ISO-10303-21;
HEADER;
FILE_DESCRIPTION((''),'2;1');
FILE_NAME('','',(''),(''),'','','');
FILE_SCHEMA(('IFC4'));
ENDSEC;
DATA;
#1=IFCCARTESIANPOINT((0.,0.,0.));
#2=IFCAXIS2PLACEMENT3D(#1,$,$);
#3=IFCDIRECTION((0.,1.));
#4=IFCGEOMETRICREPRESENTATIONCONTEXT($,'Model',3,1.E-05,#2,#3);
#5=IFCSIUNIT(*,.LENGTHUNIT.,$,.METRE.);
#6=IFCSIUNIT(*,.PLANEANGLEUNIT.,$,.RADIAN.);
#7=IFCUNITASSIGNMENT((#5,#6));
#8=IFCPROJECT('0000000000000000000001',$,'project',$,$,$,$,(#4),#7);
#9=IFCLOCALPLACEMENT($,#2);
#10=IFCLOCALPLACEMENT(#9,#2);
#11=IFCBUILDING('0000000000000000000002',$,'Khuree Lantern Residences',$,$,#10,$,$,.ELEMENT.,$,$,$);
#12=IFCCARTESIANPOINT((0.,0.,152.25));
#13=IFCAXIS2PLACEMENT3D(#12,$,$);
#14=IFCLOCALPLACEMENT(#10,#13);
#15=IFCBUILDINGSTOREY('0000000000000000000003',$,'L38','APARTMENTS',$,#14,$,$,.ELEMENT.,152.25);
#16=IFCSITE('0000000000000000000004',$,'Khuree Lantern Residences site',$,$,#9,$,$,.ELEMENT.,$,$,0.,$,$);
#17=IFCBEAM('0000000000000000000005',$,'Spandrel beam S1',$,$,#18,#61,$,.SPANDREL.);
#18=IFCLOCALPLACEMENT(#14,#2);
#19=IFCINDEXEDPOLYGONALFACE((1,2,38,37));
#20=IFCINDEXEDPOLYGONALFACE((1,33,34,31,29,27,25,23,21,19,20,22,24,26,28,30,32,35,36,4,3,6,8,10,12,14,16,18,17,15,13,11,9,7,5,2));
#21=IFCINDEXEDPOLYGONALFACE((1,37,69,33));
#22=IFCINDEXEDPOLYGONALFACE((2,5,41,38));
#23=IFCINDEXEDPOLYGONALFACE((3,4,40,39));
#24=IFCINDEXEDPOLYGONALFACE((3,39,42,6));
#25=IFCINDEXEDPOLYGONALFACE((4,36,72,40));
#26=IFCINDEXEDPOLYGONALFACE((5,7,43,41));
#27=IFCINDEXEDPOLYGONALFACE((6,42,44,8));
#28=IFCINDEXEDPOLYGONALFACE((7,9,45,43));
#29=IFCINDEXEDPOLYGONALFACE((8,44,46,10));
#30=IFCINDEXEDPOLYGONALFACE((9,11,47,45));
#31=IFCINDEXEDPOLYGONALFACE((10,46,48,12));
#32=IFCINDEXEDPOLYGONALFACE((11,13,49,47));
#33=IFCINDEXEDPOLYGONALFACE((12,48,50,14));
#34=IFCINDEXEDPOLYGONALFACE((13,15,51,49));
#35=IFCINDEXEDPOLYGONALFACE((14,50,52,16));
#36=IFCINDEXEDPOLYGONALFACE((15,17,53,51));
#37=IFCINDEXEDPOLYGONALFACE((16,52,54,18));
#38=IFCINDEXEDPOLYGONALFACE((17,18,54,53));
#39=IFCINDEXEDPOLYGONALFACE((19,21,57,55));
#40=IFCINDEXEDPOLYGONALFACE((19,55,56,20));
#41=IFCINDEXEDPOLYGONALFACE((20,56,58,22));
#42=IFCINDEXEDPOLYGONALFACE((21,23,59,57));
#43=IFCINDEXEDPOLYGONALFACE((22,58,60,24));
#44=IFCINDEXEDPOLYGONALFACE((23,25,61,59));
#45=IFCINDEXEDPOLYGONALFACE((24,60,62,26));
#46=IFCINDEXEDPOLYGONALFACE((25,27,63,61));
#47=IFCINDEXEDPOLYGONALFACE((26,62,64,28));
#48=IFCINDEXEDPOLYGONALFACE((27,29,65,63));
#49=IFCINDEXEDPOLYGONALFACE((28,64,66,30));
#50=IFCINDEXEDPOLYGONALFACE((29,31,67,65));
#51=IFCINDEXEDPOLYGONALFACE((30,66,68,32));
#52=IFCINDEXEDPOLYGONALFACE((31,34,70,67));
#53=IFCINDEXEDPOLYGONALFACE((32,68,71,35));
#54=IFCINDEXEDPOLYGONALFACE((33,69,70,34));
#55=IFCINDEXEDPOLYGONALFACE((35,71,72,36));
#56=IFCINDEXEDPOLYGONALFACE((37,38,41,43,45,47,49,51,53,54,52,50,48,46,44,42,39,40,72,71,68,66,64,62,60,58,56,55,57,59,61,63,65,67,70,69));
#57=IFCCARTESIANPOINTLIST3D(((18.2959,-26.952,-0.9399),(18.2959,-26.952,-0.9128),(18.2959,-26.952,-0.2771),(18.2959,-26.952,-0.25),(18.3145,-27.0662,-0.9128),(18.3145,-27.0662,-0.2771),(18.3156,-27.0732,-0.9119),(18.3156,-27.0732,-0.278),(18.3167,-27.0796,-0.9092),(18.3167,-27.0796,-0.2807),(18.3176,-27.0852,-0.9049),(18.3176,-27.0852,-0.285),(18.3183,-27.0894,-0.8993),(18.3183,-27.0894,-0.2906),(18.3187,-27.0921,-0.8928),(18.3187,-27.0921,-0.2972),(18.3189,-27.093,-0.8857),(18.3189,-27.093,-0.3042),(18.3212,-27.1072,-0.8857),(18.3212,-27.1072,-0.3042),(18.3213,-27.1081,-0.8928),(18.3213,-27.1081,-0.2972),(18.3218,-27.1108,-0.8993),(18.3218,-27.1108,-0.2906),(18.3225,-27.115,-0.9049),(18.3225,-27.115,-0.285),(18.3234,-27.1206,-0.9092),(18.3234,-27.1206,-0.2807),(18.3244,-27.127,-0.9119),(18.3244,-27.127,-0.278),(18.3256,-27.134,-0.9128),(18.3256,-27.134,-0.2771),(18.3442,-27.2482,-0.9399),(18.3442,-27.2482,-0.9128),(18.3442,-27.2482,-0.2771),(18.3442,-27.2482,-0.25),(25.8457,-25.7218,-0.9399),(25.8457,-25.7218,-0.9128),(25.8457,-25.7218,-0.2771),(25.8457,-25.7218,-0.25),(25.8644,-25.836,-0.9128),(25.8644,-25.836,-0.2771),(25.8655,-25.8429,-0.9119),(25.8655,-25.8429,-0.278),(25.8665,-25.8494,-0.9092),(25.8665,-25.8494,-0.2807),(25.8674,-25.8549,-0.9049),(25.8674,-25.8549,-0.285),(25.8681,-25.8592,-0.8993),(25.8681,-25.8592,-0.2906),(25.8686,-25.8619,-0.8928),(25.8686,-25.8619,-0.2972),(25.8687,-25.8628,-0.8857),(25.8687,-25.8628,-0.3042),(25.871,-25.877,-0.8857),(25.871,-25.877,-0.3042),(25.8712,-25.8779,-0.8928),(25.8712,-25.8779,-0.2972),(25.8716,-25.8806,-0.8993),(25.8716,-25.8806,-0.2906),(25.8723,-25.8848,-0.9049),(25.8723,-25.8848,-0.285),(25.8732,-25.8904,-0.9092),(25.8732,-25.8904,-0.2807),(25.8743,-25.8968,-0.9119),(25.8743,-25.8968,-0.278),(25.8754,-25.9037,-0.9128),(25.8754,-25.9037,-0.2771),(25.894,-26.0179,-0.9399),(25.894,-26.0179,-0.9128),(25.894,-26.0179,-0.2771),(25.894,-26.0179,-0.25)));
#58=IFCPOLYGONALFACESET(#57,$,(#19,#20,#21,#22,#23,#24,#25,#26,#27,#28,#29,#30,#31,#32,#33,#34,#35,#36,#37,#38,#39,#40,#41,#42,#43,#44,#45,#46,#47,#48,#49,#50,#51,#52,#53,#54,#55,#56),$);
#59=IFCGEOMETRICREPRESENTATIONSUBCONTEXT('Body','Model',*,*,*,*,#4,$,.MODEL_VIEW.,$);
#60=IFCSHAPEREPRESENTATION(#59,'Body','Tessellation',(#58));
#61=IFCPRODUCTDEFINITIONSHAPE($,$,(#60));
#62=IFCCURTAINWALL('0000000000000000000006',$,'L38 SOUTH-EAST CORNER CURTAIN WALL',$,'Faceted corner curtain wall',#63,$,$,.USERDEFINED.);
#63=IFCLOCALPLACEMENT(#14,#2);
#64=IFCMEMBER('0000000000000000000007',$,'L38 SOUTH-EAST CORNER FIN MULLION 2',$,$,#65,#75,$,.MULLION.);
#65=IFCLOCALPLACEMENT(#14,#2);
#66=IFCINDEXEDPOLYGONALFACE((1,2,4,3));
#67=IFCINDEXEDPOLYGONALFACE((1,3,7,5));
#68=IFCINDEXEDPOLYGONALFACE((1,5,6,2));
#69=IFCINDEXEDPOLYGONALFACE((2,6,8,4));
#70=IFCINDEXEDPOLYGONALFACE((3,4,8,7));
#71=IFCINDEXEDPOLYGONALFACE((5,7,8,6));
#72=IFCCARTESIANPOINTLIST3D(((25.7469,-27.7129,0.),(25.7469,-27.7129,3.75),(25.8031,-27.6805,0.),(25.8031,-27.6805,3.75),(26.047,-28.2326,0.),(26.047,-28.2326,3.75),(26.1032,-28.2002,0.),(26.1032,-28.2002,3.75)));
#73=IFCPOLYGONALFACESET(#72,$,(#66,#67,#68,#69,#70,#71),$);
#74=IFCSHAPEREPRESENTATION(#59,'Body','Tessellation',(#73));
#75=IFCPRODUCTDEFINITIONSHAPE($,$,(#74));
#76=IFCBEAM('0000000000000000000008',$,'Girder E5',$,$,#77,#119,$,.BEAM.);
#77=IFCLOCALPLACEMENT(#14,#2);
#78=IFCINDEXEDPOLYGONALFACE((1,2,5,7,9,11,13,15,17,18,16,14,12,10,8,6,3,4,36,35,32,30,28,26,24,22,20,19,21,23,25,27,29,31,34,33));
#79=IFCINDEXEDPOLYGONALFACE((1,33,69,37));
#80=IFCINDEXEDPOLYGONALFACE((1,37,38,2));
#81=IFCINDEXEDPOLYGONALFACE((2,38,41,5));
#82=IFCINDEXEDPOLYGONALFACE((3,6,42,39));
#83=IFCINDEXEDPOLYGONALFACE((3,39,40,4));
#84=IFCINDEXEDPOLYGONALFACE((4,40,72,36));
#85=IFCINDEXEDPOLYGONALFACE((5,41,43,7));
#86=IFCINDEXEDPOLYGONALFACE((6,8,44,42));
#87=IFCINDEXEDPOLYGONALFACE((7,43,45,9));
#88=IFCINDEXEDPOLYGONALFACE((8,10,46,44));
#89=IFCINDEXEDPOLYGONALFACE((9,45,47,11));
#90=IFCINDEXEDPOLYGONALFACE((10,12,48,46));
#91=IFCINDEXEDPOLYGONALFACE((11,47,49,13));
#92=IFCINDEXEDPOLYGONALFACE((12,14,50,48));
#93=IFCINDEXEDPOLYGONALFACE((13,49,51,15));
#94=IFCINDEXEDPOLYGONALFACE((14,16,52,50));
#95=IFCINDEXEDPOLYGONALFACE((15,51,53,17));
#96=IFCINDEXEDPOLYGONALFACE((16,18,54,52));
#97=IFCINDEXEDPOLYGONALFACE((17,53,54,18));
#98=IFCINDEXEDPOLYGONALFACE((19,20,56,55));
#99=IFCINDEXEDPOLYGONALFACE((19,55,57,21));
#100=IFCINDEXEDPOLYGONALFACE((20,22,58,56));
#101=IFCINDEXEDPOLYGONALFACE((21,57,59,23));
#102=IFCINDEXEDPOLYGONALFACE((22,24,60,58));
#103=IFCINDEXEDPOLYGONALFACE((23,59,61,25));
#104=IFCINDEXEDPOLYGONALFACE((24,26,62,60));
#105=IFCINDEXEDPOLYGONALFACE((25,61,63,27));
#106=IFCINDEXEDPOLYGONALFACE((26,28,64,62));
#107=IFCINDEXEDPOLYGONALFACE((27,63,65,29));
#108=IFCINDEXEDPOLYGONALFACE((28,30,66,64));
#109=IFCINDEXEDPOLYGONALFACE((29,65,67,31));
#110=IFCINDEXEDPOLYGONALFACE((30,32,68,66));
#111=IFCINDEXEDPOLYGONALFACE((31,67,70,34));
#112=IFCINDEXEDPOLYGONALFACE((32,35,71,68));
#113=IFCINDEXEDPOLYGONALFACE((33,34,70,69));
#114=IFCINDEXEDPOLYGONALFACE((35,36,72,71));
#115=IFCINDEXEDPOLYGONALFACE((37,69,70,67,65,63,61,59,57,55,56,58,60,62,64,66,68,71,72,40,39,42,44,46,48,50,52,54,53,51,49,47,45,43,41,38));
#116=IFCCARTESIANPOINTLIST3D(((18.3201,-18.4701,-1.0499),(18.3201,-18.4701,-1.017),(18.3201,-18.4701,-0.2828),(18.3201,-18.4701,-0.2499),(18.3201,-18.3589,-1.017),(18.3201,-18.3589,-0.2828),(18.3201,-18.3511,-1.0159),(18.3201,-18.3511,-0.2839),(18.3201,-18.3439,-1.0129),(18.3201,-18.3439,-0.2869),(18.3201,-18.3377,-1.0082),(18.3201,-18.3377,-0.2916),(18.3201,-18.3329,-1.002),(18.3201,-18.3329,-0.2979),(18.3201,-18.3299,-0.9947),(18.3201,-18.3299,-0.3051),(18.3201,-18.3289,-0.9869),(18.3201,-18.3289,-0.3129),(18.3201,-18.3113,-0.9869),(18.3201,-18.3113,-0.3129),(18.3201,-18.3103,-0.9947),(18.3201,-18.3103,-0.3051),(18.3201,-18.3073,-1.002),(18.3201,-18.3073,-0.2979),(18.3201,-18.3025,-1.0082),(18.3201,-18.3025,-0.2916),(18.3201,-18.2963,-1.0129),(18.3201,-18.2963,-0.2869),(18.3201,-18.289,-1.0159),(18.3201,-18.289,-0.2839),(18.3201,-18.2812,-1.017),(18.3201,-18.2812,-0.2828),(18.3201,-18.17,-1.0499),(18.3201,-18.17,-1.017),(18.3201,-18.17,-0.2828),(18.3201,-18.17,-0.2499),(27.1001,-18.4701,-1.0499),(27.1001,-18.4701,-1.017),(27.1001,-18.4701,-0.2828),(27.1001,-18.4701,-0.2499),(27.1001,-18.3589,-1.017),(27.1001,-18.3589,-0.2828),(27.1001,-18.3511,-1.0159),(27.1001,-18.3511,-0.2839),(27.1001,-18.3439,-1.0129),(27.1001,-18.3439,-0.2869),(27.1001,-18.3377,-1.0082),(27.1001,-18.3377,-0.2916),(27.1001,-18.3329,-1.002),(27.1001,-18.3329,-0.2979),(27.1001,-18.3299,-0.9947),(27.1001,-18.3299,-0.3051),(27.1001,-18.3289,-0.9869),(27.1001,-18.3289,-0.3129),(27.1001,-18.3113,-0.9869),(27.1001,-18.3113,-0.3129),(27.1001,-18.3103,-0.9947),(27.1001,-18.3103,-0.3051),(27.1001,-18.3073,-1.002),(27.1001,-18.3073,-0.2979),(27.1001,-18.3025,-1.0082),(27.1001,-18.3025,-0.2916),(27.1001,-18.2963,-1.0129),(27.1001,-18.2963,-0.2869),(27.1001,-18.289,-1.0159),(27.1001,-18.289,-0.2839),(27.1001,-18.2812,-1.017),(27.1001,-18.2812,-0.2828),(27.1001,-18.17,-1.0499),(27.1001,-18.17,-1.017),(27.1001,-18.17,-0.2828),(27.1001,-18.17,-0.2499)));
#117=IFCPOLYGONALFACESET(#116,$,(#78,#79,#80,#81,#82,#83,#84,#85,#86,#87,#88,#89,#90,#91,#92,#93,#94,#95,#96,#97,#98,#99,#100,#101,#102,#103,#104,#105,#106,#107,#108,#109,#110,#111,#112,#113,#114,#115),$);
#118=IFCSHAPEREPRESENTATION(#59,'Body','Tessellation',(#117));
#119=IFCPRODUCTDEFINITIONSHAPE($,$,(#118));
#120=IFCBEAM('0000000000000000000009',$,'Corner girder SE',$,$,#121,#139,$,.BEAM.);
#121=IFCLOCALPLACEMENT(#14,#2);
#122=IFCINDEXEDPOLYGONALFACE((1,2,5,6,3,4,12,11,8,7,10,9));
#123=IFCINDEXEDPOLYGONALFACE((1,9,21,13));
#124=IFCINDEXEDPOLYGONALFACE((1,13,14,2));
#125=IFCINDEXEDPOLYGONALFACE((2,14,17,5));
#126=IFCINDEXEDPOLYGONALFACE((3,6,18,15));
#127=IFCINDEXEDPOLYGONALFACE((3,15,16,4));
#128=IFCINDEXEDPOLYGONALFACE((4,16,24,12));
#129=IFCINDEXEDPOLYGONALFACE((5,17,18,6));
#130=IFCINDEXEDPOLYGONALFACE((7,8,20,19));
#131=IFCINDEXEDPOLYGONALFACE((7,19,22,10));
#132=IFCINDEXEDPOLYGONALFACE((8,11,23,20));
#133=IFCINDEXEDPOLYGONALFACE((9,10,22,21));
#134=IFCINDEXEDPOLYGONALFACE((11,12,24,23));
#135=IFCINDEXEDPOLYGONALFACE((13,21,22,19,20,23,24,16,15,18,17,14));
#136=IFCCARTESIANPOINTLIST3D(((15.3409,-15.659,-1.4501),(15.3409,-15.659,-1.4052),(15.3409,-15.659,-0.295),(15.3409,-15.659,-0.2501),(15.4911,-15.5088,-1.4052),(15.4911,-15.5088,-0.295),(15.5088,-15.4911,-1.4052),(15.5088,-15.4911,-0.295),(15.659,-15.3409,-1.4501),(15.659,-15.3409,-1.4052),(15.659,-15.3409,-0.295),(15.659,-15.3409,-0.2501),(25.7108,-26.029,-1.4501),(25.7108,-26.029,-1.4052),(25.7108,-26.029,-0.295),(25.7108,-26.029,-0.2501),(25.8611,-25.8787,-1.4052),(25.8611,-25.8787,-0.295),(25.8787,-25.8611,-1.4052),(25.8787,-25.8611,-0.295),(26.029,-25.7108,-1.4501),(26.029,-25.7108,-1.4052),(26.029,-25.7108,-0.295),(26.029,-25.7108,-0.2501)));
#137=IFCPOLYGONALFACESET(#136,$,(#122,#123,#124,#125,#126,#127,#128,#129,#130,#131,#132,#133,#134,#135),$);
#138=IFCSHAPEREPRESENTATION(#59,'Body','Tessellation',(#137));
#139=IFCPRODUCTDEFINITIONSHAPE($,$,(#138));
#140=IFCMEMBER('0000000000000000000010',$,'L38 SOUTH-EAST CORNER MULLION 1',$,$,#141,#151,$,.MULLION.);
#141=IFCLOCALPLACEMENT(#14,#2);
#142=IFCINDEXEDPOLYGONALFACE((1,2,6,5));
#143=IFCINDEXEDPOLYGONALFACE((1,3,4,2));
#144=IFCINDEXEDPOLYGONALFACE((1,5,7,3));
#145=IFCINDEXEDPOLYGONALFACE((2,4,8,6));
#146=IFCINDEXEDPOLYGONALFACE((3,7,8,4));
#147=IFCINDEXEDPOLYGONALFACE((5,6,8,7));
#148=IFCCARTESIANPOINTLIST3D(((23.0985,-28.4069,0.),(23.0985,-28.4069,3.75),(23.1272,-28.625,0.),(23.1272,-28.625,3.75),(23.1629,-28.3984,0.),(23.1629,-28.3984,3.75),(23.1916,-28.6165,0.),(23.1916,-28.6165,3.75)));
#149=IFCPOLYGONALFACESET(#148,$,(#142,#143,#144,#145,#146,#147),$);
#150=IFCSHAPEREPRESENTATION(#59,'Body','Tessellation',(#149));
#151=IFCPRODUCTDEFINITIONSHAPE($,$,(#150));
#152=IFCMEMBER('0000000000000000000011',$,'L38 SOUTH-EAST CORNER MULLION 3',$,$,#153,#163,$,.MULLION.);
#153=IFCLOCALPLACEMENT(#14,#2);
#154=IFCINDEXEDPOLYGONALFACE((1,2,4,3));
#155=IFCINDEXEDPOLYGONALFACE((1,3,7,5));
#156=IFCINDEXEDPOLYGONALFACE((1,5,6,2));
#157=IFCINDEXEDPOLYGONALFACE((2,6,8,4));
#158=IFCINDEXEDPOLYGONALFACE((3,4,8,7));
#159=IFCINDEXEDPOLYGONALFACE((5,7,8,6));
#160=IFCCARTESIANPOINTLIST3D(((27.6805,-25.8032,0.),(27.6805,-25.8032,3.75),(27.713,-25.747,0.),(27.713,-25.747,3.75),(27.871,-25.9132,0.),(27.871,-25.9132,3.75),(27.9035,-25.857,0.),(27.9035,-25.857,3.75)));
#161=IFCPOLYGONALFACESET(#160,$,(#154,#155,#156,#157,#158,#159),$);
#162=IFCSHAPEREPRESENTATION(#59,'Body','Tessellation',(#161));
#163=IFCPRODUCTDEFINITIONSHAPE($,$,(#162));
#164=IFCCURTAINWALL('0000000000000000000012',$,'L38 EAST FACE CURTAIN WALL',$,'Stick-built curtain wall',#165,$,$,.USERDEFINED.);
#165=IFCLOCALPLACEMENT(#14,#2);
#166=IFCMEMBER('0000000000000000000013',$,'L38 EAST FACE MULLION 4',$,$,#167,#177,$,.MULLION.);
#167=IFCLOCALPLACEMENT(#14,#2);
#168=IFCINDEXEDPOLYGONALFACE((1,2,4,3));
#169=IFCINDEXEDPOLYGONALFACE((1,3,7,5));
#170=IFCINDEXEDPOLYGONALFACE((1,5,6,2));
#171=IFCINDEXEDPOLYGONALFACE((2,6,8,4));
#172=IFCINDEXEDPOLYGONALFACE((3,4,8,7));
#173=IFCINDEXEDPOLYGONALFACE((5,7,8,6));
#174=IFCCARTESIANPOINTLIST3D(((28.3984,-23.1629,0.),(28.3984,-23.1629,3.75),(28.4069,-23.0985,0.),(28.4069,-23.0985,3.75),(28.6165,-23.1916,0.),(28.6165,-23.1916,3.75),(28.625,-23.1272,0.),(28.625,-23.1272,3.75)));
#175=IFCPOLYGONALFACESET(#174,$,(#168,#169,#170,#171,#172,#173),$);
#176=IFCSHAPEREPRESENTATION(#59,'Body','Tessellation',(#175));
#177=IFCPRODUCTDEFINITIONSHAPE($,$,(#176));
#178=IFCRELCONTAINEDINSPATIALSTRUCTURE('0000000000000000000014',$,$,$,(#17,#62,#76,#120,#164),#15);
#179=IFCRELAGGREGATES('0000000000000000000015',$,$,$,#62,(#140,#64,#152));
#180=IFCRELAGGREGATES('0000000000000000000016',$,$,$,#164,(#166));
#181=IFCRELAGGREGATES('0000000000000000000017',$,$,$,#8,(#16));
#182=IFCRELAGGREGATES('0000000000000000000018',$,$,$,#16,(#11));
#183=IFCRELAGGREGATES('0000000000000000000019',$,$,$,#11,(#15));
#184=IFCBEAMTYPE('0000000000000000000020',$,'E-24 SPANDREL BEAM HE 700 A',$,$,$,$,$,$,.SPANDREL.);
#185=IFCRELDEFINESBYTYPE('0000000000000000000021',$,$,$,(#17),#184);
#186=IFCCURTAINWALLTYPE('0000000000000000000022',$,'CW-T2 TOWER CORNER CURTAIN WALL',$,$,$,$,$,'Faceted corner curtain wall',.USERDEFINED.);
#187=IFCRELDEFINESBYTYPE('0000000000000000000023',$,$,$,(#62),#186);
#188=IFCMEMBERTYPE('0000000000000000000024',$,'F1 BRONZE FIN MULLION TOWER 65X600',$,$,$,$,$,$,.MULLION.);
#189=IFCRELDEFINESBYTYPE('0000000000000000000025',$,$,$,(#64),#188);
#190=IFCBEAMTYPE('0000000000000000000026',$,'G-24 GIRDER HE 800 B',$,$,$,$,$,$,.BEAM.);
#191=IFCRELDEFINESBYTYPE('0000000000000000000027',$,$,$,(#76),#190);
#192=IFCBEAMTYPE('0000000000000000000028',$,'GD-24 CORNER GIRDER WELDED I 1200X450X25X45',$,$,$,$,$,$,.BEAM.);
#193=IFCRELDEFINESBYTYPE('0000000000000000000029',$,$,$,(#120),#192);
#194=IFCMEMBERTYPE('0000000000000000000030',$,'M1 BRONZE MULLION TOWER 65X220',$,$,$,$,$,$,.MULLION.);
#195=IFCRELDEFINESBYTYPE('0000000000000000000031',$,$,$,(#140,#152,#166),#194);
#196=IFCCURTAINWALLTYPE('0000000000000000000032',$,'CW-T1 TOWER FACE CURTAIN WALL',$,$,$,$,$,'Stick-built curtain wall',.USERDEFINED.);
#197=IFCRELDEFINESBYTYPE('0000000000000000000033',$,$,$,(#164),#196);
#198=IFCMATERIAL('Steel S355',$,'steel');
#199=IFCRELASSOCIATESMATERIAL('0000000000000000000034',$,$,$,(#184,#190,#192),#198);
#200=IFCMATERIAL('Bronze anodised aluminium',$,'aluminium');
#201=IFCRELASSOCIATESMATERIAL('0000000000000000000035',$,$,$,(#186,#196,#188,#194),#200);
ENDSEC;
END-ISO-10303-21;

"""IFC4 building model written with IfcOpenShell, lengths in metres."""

from ifc_helpers import new_model, si_unit, direction, frame, origin, origin_2d, place, context, subcontext, project, spatial, rectangle, i_section, extrude, material, material_profile, profile_set, type_object, element, aggregate, save


model = new_model("IFC4")

# Units and contexts
model_context = context("Model", 3, precision=1e-05, world=origin(), true_north=direction((0.0, 1.0)))
body_context = subcontext(model_context, "Body", "Model", "MODEL_VIEW")
ifc_project = project(units=[si_unit("LENGTHUNIT", "METRE"), si_unit("PLANEANGLEUNIT", "RADIAN")], contexts=[model_context])

# Site, building, storey
site_placement = place(None, origin())
site = spatial("IfcSite", under=ifc_project, at=site_placement, Name="Khuree Lantern Residences site", CompositionType="ELEMENT", RefElevation=0.0)
building_placement = place(site_placement, origin())
building = spatial("IfcBuilding", under=site, at=building_placement, Name="Khuree Lantern Residences", CompositionType="ELEMENT")
storey_placement = place(building_placement, frame((0.0, 0.0, 152.25)))
storey = spatial("IfcBuildingStorey", under=building, at=storey_placement, Name="L38", Description="APARTMENTS", CompositionType="ELEMENT", Elevation=152.25)

# Beam
ifc_material_1 = material(Name="Steel S355", Category="steel")
ifc_material_profile_1 = material_profile(ifc_material_1, i_section(OverallWidth=0.3, OverallDepth=0.6899, WebThickness=0.0144, FlangeThickness=0.0271, FilletRadius=0.0271, at=origin_2d()), Name="HE 700 A")
ifc_profile_set_1 = profile_set([ifc_material_profile_1], Name="Steel S355")
beam_type_1 = type_object("IfcBeamType", Name="E-24 SPANDREL BEAM HE 700 A", PredefinedType="SPANDREL", material=ifc_profile_set_1)
for number, where, z_axis, x_axis, name in (
    (1, (25.8699, -25.8699, -0.595), (-0.986983, -0.160827, 0.0), (0.160827, -0.986983, 0.0), "Spandrel beam S1"),
):
    element("IfcBeam", number, at=place(storey_placement, frame(where, z_axis=z_axis, x_axis=x_axis)), inside=storey, type_object=beam_type_1, Name=name, PredefinedType="SPANDREL", context=body_context, shape_type="SweptSolid", body=[
        extrude(i_section(OverallWidth=0.3, OverallDepth=0.6899, WebThickness=0.0144, FlangeThickness=0.0271, FilletRadius=0.0271, at=origin_2d()), origin(), (0.0, 0.0, 1.0), 7.6494),
    ])

# Curtain wall, member
ifc_material_2 = material(Name="Bronze anodised aluminium", Category="aluminium")
curtain_wall_type_1 = type_object("IfcCurtainWallType", Name="CW-T2 TOWER CORNER CURTAIN WALL", ElementType="Faceted corner curtain wall", PredefinedType="USERDEFINED", material=ifc_material_2)
curtain_wall_1_placement = place(storey_placement, origin())
curtain_wall_1 = element("IfcCurtainWall", 2, at=curtain_wall_1_placement, inside=storey, type_object=curtain_wall_type_1, Name="L38 SOUTH-EAST CORNER CURTAIN WALL", ObjectType="Faceted corner curtain wall", PredefinedType="USERDEFINED")
ifc_material_profile_2 = material_profile(ifc_material_2, rectangle(XDim=0.0649, YDim=0.6001, at=origin_2d()), Name="F1 65X600")
ifc_profile_set_2 = profile_set([ifc_material_profile_2], Name="Bronze anodised aluminium")
member_type_1 = type_object("IfcMemberType", Name="F1 BRONZE FIN MULLION TOWER 65X600", PredefinedType="MULLION", material=ifc_profile_set_2)
member_1_placement = place(storey_placement, frame((25.925, -27.9565, 0.0), z_axis=(0.0, 0.0, 1.0), x_axis=(0.866025, 0.5, 0.0)))
member_1 = element("IfcMember", 3, at=member_1_placement, type_object=member_type_1, Name="L38 SOUTH-EAST CORNER FIN MULLION 2", PredefinedType="MULLION", context=body_context, shape_type="SweptSolid", body=[
    extrude(rectangle(XDim=0.0649, YDim=0.6001, at=origin_2d()), origin(), (0.0, 0.0, 1.0), 3.75),
])

# Beams
ifc_material_profile_3 = material_profile(ifc_material_1, i_section(OverallWidth=0.3, OverallDepth=0.8, WebThickness=0.0176, FlangeThickness=0.033, FilletRadius=0.03, at=origin_2d()), Name="HE 800 B")
ifc_profile_set_3 = profile_set([ifc_material_profile_3], Name="Steel S355")
beam_type_2 = type_object("IfcBeamType", Name="G-24 GIRDER HE 800 B", PredefinedType="BEAM", material=ifc_profile_set_3)
beam_1_placement = place(storey_placement, frame((27.1001, -18.3201, -0.6499), z_axis=(-1.0, 0.0, 0.0), x_axis=(0.0, -1.0, 0.0)))
element("IfcBeam", 4, at=beam_1_placement, inside=storey, type_object=beam_type_2, Name="Girder E5", PredefinedType="BEAM", context=body_context, shape_type="SweptSolid", body=[
    extrude(i_section(OverallWidth=0.3, OverallDepth=0.8, WebThickness=0.0176, FlangeThickness=0.033, FilletRadius=0.03, at=origin_2d()), origin(), (0.0, 0.0, 1.0), 8.78),
])
ifc_material_profile_4 = material_profile(ifc_material_1, i_section(OverallWidth=0.45, OverallDepth=1.2, WebThickness=0.0249, FlangeThickness=0.0449, at=origin_2d()), Name="WELDED I 1200X450X25X45")
ifc_profile_set_4 = profile_set([ifc_material_profile_4], Name="Steel S355")
beam_type_3 = type_object("IfcBeamType", Name="GD-24 CORNER GIRDER WELDED I 1200X450X25X45", PredefinedType="BEAM", material=ifc_profile_set_4)
beam_2_placement = place(storey_placement, frame((25.8699, -25.8699, -0.8501), z_axis=(-0.707107, 0.707107, 0.0), x_axis=(-0.707107, -0.707107, 0.0)))
element("IfcBeam", 5, at=beam_2_placement, inside=storey, type_object=beam_type_3, Name="Corner girder SE", PredefinedType="BEAM", context=body_context, shape_type="SweptSolid", body=[
    extrude(i_section(OverallWidth=0.45, OverallDepth=1.2, WebThickness=0.0249, FlangeThickness=0.0449, at=origin_2d()), origin(), (0.0, 0.0, 1.0), 14.6653),
])

# Members
ifc_material_profile_5 = material_profile(ifc_material_2, rectangle(XDim=0.0649, YDim=0.22, at=origin_2d()), Name="M1 65X220")
ifc_profile_set_5 = profile_set([ifc_material_profile_5], Name="Bronze anodised aluminium")
member_type_2 = type_object("IfcMemberType", Name="M1 BRONZE MULLION TOWER 65X220", PredefinedType="MULLION", material=ifc_profile_set_5)
member_2_placement = place(storey_placement, frame((23.145, -28.5117, 0.0), z_axis=(0.0, 0.0, 1.0), x_axis=(0.991445, 0.130526, 0.0)))
member_2 = element("IfcMember", 6, at=member_2_placement, type_object=member_type_2, Name="L38 SOUTH-EAST CORNER MULLION 1", PredefinedType="MULLION", context=body_context, shape_type="SweptSolid", body=[
    extrude(rectangle(XDim=0.0649, YDim=0.22, at=origin_2d()), origin(), (0.0, 0.0, 1.0), 3.75),
])
member_3_placement = place(storey_placement, frame((27.792, -25.8301, 0.0), z_axis=(0.0, 0.0, 1.0), x_axis=(0.5, 0.866025, 0.0)))
member_3 = element("IfcMember", 7, at=member_3_placement, type_object=member_type_2, Name="L38 SOUTH-EAST CORNER MULLION 3", PredefinedType="MULLION", context=body_context, shape_type="SweptSolid", body=[
    extrude(rectangle(XDim=0.0649, YDim=0.22, at=origin_2d()), origin(), (0.0, 0.0, 1.0), 3.75),
])

# Curtain wall, member
curtain_wall_type_2 = type_object("IfcCurtainWallType", Name="CW-T1 TOWER FACE CURTAIN WALL", ElementType="Stick-built curtain wall", PredefinedType="USERDEFINED", material=ifc_material_2)
curtain_wall_2_placement = place(storey_placement, origin())
curtain_wall_2 = element("IfcCurtainWall", 8, at=curtain_wall_2_placement, inside=storey, type_object=curtain_wall_type_2, Name="L38 EAST FACE CURTAIN WALL", ObjectType="Stick-built curtain wall", PredefinedType="USERDEFINED")
member_4_placement = place(storey_placement, frame((28.5117, -23.145, 0.0), z_axis=(0.0, 0.0, 1.0), x_axis=(0.130526, 0.991445, 0.0)))
member_4 = element("IfcMember", 9, at=member_4_placement, type_object=member_type_2, Name="L38 EAST FACE MULLION 4", PredefinedType="MULLION", context=body_context, shape_type="SweptSolid", body=[
    extrude(rectangle(XDim=0.0649, YDim=0.22, at=origin_2d()), origin(), (0.0, 0.0, 1.0), 3.75),
])

aggregate(curtain_wall_1, [member_2, member_1, member_3])
aggregate(curtain_wall_2, [member_4])

save(model, "model.ifc")
